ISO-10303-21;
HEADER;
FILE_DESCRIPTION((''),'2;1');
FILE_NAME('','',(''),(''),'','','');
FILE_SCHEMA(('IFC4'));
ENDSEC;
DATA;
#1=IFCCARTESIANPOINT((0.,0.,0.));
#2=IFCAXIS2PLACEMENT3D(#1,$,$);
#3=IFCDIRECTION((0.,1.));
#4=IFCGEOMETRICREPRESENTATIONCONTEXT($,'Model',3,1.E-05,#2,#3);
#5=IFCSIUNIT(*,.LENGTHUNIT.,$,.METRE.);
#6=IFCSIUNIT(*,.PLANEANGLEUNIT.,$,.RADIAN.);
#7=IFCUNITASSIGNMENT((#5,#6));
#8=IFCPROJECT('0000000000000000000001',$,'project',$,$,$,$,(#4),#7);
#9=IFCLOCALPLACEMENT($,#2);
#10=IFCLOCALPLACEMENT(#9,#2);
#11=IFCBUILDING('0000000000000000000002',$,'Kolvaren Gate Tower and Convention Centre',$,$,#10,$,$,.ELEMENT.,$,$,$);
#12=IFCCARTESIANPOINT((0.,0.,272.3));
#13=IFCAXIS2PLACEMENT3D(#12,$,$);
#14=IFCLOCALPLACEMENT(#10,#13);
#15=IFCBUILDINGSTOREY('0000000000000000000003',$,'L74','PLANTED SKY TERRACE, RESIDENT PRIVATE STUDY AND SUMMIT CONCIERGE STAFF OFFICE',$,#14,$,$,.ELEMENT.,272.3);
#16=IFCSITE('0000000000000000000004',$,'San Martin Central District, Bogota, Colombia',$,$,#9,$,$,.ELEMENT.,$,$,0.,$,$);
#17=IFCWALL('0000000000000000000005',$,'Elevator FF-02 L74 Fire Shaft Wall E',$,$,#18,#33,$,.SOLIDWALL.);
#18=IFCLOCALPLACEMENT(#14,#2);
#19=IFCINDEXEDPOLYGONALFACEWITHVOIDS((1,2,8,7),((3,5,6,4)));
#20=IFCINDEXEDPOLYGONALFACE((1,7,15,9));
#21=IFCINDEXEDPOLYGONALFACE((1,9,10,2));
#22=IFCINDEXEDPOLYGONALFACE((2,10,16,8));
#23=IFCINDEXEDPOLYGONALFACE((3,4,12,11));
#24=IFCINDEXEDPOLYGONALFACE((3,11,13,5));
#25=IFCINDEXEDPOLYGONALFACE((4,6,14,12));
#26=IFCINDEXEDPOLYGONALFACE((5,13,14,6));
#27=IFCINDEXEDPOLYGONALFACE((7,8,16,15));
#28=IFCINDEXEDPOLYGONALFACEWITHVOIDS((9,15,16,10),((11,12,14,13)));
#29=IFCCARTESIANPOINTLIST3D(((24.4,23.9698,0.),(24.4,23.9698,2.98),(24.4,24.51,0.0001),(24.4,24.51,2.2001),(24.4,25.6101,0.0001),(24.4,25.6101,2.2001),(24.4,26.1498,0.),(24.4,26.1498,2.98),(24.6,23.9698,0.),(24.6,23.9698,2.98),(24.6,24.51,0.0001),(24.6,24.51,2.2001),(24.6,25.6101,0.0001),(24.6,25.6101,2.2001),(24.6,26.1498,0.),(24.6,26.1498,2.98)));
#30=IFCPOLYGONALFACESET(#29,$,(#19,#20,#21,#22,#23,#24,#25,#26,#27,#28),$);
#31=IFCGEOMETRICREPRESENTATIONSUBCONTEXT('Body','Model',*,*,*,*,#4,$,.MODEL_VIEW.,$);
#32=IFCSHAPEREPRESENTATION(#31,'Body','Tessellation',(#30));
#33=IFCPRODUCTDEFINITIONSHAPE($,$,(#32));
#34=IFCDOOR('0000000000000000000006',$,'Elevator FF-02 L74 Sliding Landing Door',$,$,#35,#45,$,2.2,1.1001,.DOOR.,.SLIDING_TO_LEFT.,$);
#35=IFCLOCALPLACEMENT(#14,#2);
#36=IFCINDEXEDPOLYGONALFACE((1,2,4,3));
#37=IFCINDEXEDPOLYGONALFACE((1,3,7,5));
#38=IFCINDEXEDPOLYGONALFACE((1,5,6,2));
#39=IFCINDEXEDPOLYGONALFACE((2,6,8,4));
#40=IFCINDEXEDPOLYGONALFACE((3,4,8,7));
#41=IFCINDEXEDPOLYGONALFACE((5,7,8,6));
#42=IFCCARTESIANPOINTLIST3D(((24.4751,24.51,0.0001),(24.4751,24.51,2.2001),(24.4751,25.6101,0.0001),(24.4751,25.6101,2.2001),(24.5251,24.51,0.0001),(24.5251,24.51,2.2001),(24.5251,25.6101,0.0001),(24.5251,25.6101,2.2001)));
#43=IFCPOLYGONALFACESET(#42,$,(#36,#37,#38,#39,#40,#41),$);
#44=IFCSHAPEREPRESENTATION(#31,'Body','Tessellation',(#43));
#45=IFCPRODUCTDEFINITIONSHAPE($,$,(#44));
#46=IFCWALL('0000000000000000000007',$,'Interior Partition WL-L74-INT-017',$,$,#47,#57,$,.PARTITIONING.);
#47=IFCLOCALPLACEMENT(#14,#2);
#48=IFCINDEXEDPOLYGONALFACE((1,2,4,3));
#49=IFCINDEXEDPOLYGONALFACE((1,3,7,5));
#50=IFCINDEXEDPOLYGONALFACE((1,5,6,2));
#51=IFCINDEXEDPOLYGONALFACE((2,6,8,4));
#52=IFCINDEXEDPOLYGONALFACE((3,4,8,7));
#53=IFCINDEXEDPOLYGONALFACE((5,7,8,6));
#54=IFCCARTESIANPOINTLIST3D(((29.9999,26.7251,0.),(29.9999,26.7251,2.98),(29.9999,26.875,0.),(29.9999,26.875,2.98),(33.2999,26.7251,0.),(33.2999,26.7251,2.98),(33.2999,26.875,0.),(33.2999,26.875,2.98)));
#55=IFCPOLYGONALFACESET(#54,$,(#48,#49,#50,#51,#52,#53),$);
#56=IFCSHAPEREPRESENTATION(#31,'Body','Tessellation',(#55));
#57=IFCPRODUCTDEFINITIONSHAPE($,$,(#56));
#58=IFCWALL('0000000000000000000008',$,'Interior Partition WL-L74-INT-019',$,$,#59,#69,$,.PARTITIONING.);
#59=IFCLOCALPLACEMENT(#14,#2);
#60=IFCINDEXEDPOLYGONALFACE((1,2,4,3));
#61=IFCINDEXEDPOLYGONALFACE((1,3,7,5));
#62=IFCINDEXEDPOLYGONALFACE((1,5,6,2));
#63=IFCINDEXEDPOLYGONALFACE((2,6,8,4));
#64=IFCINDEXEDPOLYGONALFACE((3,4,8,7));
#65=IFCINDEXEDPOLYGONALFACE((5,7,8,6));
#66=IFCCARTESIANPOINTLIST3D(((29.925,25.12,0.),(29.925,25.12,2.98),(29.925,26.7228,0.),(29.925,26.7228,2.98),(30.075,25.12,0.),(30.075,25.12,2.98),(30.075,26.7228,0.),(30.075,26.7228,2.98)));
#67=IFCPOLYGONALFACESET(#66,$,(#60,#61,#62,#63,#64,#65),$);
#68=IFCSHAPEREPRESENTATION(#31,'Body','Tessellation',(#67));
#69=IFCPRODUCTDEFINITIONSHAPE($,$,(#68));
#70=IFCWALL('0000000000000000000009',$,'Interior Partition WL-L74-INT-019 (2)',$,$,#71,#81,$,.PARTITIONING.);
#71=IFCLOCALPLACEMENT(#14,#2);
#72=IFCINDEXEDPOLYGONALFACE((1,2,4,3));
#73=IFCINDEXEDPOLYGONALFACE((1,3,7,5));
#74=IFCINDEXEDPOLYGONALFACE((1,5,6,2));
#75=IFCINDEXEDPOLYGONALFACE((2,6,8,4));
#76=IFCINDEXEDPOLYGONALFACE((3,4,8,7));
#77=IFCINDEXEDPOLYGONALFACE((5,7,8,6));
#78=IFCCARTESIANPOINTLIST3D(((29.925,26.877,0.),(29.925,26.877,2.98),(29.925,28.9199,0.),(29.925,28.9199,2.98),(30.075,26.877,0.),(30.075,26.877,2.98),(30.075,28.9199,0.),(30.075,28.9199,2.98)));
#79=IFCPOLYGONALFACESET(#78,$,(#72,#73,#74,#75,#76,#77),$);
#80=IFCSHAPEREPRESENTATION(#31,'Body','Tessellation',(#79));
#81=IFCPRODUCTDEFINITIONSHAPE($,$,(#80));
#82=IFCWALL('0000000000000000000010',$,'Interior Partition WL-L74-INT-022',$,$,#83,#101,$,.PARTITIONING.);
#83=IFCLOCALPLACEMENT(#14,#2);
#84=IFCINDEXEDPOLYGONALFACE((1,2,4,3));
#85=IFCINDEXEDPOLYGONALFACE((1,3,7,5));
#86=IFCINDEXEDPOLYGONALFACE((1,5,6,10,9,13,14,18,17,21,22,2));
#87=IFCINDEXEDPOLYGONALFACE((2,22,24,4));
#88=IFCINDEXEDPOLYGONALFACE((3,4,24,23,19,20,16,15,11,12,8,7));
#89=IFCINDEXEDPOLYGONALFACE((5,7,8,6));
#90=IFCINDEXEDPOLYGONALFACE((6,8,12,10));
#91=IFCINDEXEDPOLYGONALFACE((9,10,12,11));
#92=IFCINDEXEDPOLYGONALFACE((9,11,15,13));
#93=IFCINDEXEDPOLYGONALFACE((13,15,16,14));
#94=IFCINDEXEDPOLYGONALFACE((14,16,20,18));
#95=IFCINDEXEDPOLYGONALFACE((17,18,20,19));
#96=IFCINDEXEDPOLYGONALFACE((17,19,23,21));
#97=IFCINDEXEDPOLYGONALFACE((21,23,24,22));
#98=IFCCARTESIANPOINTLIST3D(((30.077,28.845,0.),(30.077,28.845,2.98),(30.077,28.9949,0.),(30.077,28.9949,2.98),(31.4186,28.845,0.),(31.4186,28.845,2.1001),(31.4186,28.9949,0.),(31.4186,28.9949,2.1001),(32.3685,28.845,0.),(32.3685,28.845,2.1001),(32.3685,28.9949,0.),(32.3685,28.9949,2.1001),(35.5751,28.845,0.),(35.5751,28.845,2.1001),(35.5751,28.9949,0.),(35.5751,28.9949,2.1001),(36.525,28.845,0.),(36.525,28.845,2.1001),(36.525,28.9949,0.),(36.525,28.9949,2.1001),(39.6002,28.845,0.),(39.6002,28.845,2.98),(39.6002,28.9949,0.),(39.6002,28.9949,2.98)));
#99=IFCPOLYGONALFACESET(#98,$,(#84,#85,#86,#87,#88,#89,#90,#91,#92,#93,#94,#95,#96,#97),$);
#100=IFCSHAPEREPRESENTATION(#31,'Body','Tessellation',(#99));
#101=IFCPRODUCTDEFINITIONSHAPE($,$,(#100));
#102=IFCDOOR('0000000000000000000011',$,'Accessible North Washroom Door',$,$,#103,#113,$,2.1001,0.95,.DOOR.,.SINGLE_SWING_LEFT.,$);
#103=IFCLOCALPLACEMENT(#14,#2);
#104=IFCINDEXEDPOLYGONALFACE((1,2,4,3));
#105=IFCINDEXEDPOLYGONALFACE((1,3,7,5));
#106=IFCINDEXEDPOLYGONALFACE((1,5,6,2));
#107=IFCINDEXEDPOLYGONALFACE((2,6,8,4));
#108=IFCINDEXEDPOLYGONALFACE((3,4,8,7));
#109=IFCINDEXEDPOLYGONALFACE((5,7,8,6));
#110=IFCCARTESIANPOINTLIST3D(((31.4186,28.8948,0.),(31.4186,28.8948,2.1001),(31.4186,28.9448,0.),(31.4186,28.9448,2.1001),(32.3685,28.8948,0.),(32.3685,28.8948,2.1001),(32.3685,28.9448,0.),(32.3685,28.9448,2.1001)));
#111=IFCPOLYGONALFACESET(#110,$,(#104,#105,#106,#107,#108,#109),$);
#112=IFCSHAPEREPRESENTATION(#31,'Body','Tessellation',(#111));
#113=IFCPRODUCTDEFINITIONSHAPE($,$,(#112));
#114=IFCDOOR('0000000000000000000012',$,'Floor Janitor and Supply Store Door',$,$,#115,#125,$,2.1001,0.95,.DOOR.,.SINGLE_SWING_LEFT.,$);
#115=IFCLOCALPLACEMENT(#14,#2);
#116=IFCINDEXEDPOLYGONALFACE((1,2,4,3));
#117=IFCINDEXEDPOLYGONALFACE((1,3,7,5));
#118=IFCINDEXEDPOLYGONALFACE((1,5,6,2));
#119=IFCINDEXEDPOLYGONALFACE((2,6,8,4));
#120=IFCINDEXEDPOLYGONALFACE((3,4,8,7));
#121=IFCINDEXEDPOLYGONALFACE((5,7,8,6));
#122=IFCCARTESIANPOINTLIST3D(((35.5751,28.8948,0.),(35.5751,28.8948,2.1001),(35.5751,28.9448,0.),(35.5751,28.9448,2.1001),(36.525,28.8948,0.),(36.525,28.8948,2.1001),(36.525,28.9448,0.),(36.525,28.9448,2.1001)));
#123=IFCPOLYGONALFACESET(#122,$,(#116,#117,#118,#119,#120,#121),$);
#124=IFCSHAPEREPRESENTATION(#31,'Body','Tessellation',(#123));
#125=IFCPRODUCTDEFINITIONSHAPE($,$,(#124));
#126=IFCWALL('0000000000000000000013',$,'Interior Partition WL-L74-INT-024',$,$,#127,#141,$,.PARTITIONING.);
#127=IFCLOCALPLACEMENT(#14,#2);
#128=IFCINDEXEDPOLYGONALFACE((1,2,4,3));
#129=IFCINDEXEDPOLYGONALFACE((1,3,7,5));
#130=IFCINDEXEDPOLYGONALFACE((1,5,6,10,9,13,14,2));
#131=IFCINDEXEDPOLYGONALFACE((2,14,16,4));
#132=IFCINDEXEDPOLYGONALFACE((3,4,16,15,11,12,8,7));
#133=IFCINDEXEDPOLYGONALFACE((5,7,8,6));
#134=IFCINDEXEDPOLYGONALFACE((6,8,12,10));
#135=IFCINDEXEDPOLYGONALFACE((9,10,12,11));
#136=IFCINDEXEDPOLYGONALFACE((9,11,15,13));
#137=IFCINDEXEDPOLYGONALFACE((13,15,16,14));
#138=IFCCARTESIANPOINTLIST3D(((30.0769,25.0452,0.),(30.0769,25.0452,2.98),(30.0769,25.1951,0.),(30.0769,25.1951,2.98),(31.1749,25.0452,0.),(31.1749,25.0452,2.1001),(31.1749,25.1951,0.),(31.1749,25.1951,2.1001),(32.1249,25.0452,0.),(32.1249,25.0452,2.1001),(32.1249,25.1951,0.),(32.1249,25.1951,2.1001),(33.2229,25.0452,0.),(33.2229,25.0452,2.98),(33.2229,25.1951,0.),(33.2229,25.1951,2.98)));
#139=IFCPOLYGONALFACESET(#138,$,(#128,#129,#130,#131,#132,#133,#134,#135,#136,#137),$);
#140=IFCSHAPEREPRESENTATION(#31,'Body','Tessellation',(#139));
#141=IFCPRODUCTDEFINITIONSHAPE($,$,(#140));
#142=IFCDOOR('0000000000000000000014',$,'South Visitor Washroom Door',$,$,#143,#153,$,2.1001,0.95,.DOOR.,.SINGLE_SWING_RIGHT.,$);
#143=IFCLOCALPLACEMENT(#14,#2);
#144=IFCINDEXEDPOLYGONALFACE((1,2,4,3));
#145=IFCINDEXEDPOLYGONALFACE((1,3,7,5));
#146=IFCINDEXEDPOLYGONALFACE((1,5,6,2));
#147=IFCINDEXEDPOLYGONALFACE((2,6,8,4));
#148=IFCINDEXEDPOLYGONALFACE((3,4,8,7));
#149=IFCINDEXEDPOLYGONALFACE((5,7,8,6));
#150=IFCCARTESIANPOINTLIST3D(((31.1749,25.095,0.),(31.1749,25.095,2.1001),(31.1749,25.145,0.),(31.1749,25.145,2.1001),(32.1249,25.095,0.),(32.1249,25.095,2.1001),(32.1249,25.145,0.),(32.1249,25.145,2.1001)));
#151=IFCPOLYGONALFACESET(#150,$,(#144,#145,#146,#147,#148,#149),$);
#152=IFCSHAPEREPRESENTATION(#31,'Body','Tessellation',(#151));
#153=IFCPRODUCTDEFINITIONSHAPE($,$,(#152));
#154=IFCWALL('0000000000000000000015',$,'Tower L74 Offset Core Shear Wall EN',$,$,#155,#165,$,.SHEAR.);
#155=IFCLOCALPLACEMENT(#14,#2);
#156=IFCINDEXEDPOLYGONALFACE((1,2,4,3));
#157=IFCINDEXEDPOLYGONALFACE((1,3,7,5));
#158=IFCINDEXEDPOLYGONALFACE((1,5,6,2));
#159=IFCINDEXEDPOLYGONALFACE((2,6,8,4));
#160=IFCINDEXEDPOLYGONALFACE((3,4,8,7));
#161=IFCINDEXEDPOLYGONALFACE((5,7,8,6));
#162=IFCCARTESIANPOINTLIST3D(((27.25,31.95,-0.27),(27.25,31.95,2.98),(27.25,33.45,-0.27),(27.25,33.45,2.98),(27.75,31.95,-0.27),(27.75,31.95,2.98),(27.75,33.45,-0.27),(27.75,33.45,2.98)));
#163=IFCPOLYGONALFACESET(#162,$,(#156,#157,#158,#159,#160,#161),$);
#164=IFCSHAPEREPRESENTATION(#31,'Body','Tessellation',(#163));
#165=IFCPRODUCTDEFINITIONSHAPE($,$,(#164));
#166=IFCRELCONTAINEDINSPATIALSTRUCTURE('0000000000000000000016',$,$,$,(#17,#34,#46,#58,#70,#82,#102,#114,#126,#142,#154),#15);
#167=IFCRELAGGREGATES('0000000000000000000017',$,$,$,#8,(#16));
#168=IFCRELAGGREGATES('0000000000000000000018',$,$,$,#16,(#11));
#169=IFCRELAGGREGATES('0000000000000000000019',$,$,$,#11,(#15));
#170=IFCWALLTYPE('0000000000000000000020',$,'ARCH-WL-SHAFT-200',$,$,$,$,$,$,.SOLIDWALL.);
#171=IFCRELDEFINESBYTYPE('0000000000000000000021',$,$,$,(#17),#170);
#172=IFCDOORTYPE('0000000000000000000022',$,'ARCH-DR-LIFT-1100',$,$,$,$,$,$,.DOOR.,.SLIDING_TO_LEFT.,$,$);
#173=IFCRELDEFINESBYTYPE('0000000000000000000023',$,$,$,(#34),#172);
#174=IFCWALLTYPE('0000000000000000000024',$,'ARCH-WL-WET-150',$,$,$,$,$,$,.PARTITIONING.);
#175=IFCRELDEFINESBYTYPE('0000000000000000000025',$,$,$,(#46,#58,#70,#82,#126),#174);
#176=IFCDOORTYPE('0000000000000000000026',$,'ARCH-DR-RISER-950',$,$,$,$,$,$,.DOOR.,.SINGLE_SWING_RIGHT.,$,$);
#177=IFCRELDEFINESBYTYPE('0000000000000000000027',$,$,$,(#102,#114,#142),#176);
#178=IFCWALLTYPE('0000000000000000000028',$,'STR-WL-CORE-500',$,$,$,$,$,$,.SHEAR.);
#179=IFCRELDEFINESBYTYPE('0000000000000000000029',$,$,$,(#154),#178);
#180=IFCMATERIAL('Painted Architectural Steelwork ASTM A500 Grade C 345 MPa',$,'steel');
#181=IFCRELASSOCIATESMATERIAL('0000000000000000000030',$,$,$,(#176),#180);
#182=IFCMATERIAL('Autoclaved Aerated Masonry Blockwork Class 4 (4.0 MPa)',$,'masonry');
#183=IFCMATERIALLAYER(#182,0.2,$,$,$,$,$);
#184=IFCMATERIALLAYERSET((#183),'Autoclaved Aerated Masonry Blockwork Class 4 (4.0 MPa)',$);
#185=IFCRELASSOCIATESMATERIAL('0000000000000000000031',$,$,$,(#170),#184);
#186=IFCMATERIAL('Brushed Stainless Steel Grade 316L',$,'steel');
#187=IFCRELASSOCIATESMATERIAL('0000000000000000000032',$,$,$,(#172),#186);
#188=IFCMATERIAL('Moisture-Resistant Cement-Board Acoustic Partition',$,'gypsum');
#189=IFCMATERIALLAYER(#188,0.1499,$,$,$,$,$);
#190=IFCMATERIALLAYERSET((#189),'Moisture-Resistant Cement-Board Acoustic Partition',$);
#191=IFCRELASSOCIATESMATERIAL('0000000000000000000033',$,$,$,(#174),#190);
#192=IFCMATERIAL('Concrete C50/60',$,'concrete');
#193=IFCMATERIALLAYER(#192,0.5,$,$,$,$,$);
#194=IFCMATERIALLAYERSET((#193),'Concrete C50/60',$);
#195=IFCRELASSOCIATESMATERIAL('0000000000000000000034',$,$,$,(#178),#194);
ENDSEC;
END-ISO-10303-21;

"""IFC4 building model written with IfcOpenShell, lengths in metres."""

from ifc_helpers import new_model, si_unit, direction, frame, frame_2d, origin, place, context, subcontext, project, spatial, rectangle, extrude, material, layer, layer_set, type_object, element, fill, save


model = new_model("IFC4")

# Units and contexts
model_context = context("Model", 3, precision=1e-05, world=origin(), true_north=direction((0.0, 1.0)))
body_context = subcontext(model_context, "Body", "Model", "MODEL_VIEW")
ifc_project = project(units=[si_unit("LENGTHUNIT", "METRE"), si_unit("PLANEANGLEUNIT", "RADIAN")], contexts=[model_context])

# Site, building, storey
site_placement = place(None, origin())
site = spatial("IfcSite", under=ifc_project, at=site_placement, Name="San Martin Central District, Bogota, Colombia", CompositionType="ELEMENT", RefElevation=0.0)
building_placement = place(site_placement, origin())
building = spatial("IfcBuilding", under=site, at=building_placement, Name="Kolvaren Gate Tower and Convention Centre", CompositionType="ELEMENT")
storey_placement = place(building_placement, frame((0.0, 0.0, 272.3)))
storey = spatial("IfcBuildingStorey", under=building, at=storey_placement, Name="L74", Description="PLANTED SKY TERRACE, RESIDENT PRIVATE STUDY AND SUMMIT CONCIERGE STAFF OFFICE", CompositionType="ELEMENT", Elevation=272.3)

# Shared definitions
ifc_material_1 = material(Name="Autoclaved Aerated Masonry Blockwork Class 4 (4.0 MPa)", Category="masonry")

# Shared definitions
ifc_material_2 = material(Name="Painted Architectural Steelwork ASTM A500 Grade C 345 MPa", Category="steel")
door_type_1 = type_object("IfcDoorType", Name="ARCH-DR-RISER-950", OperationType="SINGLE_SWING_RIGHT", PredefinedType="DOOR", material=ifc_material_2)

# Shared definitions
ifc_layer_1 = layer(ifc_material_1, 0.2)
ifc_layer_set_1 = layer_set([ifc_layer_1], Name="Autoclaved Aerated Masonry Blockwork Class 4 (4.0 MPa)")
wall_type_1 = type_object("IfcWallType", Name="ARCH-WL-SHAFT-200", PredefinedType="SOLIDWALL", material=ifc_layer_set_1)

# Shared definitions
ifc_material_3 = material(Name="Brushed Stainless Steel Grade 316L", Category="steel")
door_type_2 = type_object("IfcDoorType", Name="ARCH-DR-LIFT-1100", OperationType="SLIDING_TO_LEFT", PredefinedType="DOOR", material=ifc_material_3)

# Wall, opening, door
wall_1_placement = place(storey_placement, frame((24.5, 23.97, 0.0), z_axis=(0.0, 0.0, 1.0), x_axis=(0.0, 1.0, 0.0)))
wall_1 = element("IfcWall", 1, at=wall_1_placement, inside=storey, type_object=wall_type_1, Name="Elevator FF-02 L74 Fire Shaft Wall E", PredefinedType="SOLIDWALL", context=body_context, shape_type="SweptSolid", body=[
    extrude(rectangle(XDim=2.1799, YDim=0.2, at=frame_2d((1.0898, 0.0))), origin(), (0.0, 0.0, 1.0), 2.98),
])
opening_1_placement = place(wall_1_placement, frame((0.54, 0.0, 0.0)))
opening_1 = element("IfcOpeningElement", 2, at=opening_1_placement, cuts=wall_1, PredefinedType="OPENING", context=body_context, shape_type="SweptSolid", body=[
    extrude(rectangle(XDim=1.1001, YDim=2.2, at=frame_2d((0.55, 1.1001))), frame((0.0, 0.1099, 0.0), z_axis=(0.0, -1.0, 0.0), x_axis=(1.0, 0.0, 0.0)), (0.0, 0.0, 1.0), 0.22),
])
door_1_placement = place(opening_1_placement, origin())
door_1 = element("IfcDoor", 3, at=door_1_placement, inside=storey, type_object=door_type_2, Name="Elevator FF-02 L74 Sliding Landing Door", OperationType="SLIDING_TO_LEFT", OverallHeight=2.2, OverallWidth=1.1001, PredefinedType="DOOR", context=body_context, shape_type="SweptSolid", body=[
    extrude(rectangle(XDim=1.1001, YDim=2.2, at=frame_2d((0.55, 1.1001))), frame((0.0, 0.0249, 0.0), z_axis=(0.0, -1.0, 0.0), x_axis=(1.0, 0.0, 0.0)), (0.0, 0.0, 1.0), 0.05),
])
fill(opening_1, door_1)

# Walls
ifc_material_4 = material(Name="Moisture-Resistant Cement-Board Acoustic Partition", Category="gypsum")
ifc_layer_2 = layer(ifc_material_4, 0.1499)
ifc_layer_set_2 = layer_set([ifc_layer_2], Name="Moisture-Resistant Cement-Board Acoustic Partition")
wall_type_2 = type_object("IfcWallType", Name="ARCH-WL-WET-150", PredefinedType="PARTITIONING", material=ifc_layer_set_2)
wall_2_placement = place(storey_placement, frame((30.0, 26.8, 0.0), z_axis=(0.0, 0.0, 1.0), x_axis=(1.0, 0.0, 0.0)))
element("IfcWall", 4, at=wall_2_placement, inside=storey, type_object=wall_type_2, Name="Interior Partition WL-L74-INT-017", PredefinedType="PARTITIONING", context=body_context, shape_type="SweptSolid", body=[
    extrude(rectangle(XDim=3.3, YDim=0.1499, at=frame_2d((1.6499, 0.0))), origin(), (0.0, 0.0, 1.0), 2.98),
])
wall_3_placement = place(storey_placement, frame((30.0, 25.1201, 0.0), z_axis=(0.0, 0.0, 1.0), x_axis=(0.0, 1.0, 0.0)))
element("IfcWall", 5, at=wall_3_placement, inside=storey, type_object=wall_type_2, Name="Interior Partition WL-L74-INT-019", PredefinedType="PARTITIONING", context=body_context, shape_type="SweptSolid", body=[
    extrude(rectangle(XDim=1.6028, YDim=0.1499, at=frame_2d((0.8013, 0.0))), origin(), (0.0, 0.0, 1.0), 2.98),
])
wall_4_placement = place(storey_placement, frame((30.0, 26.877, 0.0), z_axis=(0.0, 0.0, 1.0), x_axis=(0.0, 1.0, 0.0)))
element("IfcWall", 6, at=wall_4_placement, inside=storey, type_object=wall_type_2, Name="Interior Partition WL-L74-INT-019 (2)", PredefinedType="PARTITIONING", context=body_context, shape_type="SweptSolid", body=[
    extrude(rectangle(XDim=2.043, YDim=0.1499, at=frame_2d((1.0215, 0.0))), origin(), (0.0, 0.0, 1.0), 2.98),
])

# Wall, openings, doors
wall_5_placement = place(storey_placement, frame((30.0769, 28.9199, 0.0), z_axis=(0.0, 0.0, 1.0), x_axis=(1.0, 0.0, 0.0)))
wall_5 = element("IfcWall", 7, at=wall_5_placement, inside=storey, type_object=wall_type_2, Name="Interior Partition WL-L74-INT-022", PredefinedType="PARTITIONING", context=body_context, shape_type="SweptSolid", body=[
    extrude(rectangle(XDim=9.5232, YDim=0.1499, at=frame_2d((4.7617, 0.0))), origin(), (0.0, 0.0, 1.0), 2.98),
])
opening_2_placement = place(wall_5_placement, frame((1.3416, 0.0, 0.0)))
opening_2 = element("IfcOpeningElement", 8, at=opening_2_placement, cuts=wall_5, PredefinedType="OPENING", context=body_context, shape_type="SweptSolid", body=[
    extrude(rectangle(XDim=0.95, YDim=2.1001, at=frame_2d((0.4751, 1.05))), frame((0.0, 0.085, 0.0), z_axis=(0.0, -1.0, 0.0), x_axis=(1.0, 0.0, 0.0)), (0.0, 0.0, 1.0), 0.1699),
])
opening_3_placement = place(wall_5_placement, frame((5.498, 0.0, 0.0)))
opening_3 = element("IfcOpeningElement", 9, at=opening_3_placement, cuts=wall_5, PredefinedType="OPENING", context=body_context, shape_type="SweptSolid", body=[
    extrude(rectangle(XDim=0.95, YDim=2.1001, at=frame_2d((0.4751, 1.05))), frame((0.0, 0.085, 0.0), z_axis=(0.0, -1.0, 0.0), x_axis=(1.0, 0.0, 0.0)), (0.0, 0.0, 1.0), 0.1699),
])
door_2_placement = place(opening_2_placement, origin())
door_2 = element("IfcDoor", 10, at=door_2_placement, inside=storey, type_object=door_type_1, Name="Accessible North Washroom Door", OperationType="SINGLE_SWING_LEFT", OverallHeight=2.1001, OverallWidth=0.95, PredefinedType="DOOR", context=body_context, shape_type="SweptSolid", body=[
    extrude(rectangle(XDim=0.95, YDim=2.1001, at=frame_2d((0.4751, 1.05))), frame((0.0, 0.0249, 0.0), z_axis=(0.0, -1.0, 0.0), x_axis=(1.0, 0.0, 0.0)), (0.0, 0.0, 1.0), 0.05),
])
fill(opening_2, door_2)
door_3_placement = place(opening_3_placement, origin())
door_3 = element("IfcDoor", 11, at=door_3_placement, inside=storey, type_object=door_type_1, Name="Floor Janitor and Supply Store Door", OperationType="SINGLE_SWING_LEFT", OverallHeight=2.1001, OverallWidth=0.95, PredefinedType="DOOR", context=body_context, shape_type="SweptSolid", body=[
    extrude(rectangle(XDim=0.95, YDim=2.1001, at=frame_2d((0.4751, 1.05))), frame((0.0, 0.0249, 0.0), z_axis=(0.0, -1.0, 0.0), x_axis=(1.0, 0.0, 0.0)), (0.0, 0.0, 1.0), 0.05),
])
fill(opening_3, door_3)

# Wall, opening, door
wall_6_placement = place(storey_placement, frame((30.0769, 25.1201, 0.0), z_axis=(0.0, 0.0, 1.0), x_axis=(1.0, 0.0, 0.0)))
wall_6 = element("IfcWall", 12, at=wall_6_placement, inside=storey, type_object=wall_type_2, Name="Interior Partition WL-L74-INT-024", PredefinedType="PARTITIONING", context=body_context, shape_type="SweptSolid", body=[
    extrude(rectangle(XDim=3.146, YDim=0.1499, at=frame_2d((1.573, 0.0))), origin(), (0.0, 0.0, 1.0), 2.98),
])
opening_4_placement = place(wall_6_placement, frame((1.0979, 0.0, 0.0)))
opening_4 = element("IfcOpeningElement", 13, at=opening_4_placement, cuts=wall_6, PredefinedType="OPENING", context=body_context, shape_type="SweptSolid", body=[
    extrude(rectangle(XDim=0.95, YDim=2.1001, at=frame_2d((0.4751, 1.05))), frame((0.0, 0.085, 0.0), z_axis=(0.0, -1.0, 0.0), x_axis=(1.0, 0.0, 0.0)), (0.0, 0.0, 1.0), 0.1699),
])
door_4_placement = place(opening_4_placement, origin())
door_4 = element("IfcDoor", 14, at=door_4_placement, inside=storey, type_object=door_type_1, Name="South Visitor Washroom Door", OperationType="SINGLE_SWING_RIGHT", OverallHeight=2.1001, OverallWidth=0.95, PredefinedType="DOOR", context=body_context, shape_type="SweptSolid", body=[
    extrude(rectangle(XDim=0.95, YDim=2.1001, at=frame_2d((0.4751, 1.05))), frame((0.0, 0.0249, 0.0), z_axis=(0.0, -1.0, 0.0), x_axis=(1.0, 0.0, 0.0)), (0.0, 0.0, 1.0), 0.05),
])
fill(opening_4, door_4)

# Wall
ifc_material_5 = material(Name="Concrete C50/60", Category="concrete")
ifc_layer_3 = layer(ifc_material_5, 0.5)
ifc_layer_set_3 = layer_set([ifc_layer_3], Name="Concrete C50/60")
wall_type_3 = type_object("IfcWallType", Name="STR-WL-CORE-500", PredefinedType="SHEAR", material=ifc_layer_set_3)
wall_7_placement = place(storey_placement, frame((27.5, 31.95, -0.27), z_axis=(0.0, 0.0, 1.0), x_axis=(0.0, 1.0, 0.0)))
element("IfcWall", 15, at=wall_7_placement, inside=storey, type_object=wall_type_3, Name="Tower L74 Offset Core Shear Wall EN", PredefinedType="SHEAR", context=body_context, shape_type="SweptSolid", body=[
    extrude(rectangle(XDim=1.5, YDim=0.5, at=frame_2d((0.75, 0.0))), origin(), (0.0, 0.0, 1.0), 3.25),
])

save(model, "model.ifc")
